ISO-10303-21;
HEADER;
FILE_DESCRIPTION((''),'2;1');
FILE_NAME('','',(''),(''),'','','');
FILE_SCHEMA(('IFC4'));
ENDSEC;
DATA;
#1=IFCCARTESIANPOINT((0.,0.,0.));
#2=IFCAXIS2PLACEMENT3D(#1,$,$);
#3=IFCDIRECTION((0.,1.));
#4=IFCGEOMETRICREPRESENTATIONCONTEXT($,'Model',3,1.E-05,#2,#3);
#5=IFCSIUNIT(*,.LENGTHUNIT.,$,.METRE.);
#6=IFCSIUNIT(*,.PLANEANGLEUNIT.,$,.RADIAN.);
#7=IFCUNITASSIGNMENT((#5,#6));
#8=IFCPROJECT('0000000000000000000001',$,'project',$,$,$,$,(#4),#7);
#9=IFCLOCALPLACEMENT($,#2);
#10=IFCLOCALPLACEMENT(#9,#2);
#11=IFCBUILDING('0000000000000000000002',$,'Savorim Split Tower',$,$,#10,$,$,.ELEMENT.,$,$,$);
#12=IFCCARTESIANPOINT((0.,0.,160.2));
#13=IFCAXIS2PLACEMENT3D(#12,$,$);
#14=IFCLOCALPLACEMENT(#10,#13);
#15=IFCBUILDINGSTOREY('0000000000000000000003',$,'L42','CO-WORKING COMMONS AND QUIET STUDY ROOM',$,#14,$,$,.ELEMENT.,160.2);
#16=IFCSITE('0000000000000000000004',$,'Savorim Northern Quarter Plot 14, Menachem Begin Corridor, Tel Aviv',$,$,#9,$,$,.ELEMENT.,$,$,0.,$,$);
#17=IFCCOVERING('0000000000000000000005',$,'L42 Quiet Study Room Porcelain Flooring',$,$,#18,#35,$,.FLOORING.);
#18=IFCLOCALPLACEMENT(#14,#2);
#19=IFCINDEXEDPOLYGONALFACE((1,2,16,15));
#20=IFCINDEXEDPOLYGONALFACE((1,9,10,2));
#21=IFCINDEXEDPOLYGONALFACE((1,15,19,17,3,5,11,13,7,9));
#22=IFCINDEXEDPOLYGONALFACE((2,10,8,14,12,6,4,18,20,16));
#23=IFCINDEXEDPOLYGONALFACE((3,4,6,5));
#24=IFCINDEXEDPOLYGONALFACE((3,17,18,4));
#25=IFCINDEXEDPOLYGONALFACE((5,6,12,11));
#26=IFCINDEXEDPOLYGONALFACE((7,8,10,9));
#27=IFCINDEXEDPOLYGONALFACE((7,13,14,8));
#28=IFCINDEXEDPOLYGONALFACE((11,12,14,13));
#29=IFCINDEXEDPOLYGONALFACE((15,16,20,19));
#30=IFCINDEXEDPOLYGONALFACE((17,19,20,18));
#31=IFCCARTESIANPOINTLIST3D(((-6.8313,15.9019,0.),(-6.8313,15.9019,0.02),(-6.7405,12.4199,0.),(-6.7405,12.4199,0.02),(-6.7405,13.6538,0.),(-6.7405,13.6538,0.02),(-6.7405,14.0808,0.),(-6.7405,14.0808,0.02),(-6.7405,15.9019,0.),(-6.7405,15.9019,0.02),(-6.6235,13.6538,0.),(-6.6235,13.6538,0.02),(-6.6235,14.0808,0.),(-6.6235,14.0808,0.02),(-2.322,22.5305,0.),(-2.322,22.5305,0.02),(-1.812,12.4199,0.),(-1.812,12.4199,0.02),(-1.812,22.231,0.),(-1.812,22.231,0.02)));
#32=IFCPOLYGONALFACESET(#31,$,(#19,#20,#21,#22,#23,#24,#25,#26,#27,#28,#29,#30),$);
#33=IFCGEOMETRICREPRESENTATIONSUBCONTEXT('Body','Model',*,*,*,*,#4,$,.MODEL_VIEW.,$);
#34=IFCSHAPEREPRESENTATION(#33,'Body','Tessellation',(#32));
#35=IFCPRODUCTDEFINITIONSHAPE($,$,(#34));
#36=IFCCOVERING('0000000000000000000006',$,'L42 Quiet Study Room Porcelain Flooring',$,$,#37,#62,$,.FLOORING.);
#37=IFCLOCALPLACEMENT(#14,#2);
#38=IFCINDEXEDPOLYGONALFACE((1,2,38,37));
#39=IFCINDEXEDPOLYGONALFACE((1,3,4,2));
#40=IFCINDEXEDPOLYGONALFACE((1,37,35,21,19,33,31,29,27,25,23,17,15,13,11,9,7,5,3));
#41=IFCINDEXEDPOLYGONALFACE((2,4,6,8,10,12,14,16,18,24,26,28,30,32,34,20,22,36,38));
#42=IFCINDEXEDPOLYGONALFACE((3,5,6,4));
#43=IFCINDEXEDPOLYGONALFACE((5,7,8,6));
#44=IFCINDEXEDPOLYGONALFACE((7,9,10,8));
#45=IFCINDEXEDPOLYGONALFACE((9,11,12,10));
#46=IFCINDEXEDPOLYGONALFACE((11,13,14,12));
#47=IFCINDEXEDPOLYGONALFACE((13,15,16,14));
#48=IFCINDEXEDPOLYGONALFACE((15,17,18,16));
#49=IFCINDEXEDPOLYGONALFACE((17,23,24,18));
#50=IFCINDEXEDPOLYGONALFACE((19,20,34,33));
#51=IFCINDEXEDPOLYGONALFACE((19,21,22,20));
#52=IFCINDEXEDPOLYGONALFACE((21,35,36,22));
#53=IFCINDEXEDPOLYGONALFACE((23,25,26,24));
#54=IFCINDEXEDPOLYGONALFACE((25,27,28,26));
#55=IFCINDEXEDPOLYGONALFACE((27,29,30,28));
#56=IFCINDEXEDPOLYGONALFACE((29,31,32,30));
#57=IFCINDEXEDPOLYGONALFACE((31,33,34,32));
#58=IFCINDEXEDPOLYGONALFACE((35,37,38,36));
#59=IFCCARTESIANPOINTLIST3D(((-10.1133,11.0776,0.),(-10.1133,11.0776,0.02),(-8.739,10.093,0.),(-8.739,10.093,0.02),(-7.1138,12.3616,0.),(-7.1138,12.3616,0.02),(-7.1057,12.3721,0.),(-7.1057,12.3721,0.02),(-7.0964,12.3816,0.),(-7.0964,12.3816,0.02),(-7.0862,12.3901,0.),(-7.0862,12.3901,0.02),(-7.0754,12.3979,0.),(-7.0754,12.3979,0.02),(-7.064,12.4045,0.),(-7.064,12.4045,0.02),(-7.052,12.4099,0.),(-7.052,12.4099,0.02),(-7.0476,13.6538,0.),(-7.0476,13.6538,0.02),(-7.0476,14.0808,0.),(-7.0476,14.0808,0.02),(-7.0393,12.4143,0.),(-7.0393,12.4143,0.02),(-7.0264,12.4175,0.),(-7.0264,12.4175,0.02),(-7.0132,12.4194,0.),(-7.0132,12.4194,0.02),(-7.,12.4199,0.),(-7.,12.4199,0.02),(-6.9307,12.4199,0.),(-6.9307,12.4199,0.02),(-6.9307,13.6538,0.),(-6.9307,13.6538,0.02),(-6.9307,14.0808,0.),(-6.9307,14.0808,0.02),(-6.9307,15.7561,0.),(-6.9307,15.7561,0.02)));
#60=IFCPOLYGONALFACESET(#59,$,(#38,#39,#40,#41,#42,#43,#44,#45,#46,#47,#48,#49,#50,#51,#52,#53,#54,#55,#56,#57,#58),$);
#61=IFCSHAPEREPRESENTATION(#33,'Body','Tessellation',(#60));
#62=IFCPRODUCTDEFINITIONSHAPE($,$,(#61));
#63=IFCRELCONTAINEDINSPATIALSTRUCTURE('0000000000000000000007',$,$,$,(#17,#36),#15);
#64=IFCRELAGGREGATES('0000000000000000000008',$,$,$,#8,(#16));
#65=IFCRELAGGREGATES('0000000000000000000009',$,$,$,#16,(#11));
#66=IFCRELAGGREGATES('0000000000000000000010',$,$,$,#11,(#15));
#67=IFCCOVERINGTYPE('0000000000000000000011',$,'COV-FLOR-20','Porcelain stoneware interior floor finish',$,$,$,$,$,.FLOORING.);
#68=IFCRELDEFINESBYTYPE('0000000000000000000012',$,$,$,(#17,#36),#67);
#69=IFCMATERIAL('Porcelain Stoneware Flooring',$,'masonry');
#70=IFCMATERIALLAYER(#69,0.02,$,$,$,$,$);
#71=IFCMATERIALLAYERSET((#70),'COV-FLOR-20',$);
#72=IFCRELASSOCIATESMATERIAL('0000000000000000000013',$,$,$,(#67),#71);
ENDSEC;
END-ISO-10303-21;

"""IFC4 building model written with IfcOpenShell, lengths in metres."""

from ifc_helpers import new_model, si_unit, direction, frame, origin, place, context, subcontext, project, spatial, polyline, outline, extrude, material, layer, layer_set, type_object, element, save


model = new_model("IFC4")

# Units and contexts
model_context = context("Model", 3, precision=1e-05, world=origin(), true_north=direction((0.0, 1.0)))
body_context = subcontext(model_context, "Body", "Model", "MODEL_VIEW")
ifc_project = project(units=[si_unit("LENGTHUNIT", "METRE"), si_unit("PLANEANGLEUNIT", "RADIAN")], contexts=[model_context])

# Site, building, storey
site_placement = place(None, origin())
site = spatial("IfcSite", under=ifc_project, at=site_placement, Name="Savorim Northern Quarter Plot 14, Menachem Begin Corridor, Tel Aviv", CompositionType="ELEMENT", RefElevation=0.0)
building_placement = place(site_placement, origin())
building = spatial("IfcBuilding", under=site, at=building_placement, Name="Savorim Split Tower", CompositionType="ELEMENT")
storey_placement = place(building_placement, frame((0.0, 0.0, 160.2)))
storey = spatial("IfcBuildingStorey", under=building, at=storey_placement, Name="L42", Description="CO-WORKING COMMONS AND QUIET STUDY ROOM", CompositionType="ELEMENT", Elevation=160.2)

# Coverings
ifc_material = material(Name="Porcelain Stoneware Flooring", Category="masonry")
ifc_layer = layer(ifc_material, 0.02)
ifc_layer_set = layer_set([ifc_layer], Name="COV-FLOR-20")
covering_type = type_object("IfcCoveringType", Name="COV-FLOR-20", Description="Porcelain stoneware interior floor finish", PredefinedType="FLOORING", material=ifc_layer_set)
covering_1_placement = place(storey_placement, origin())
element("IfcCovering", 1, at=covering_1_placement, inside=storey, type_object=covering_type, Name="L42 Quiet Study Room Porcelain Flooring", PredefinedType="FLOORING", context=body_context, shape_type="SweptSolid", body=[
    extrude(outline(polyline([(-6.7405, 12.4199), (-1.812, 12.4199), (-1.812, 22.231), (-2.322, 22.5305), (-6.8313, 15.9019), (-6.7405, 15.9019), (-6.7405, 14.0808), (-6.6235, 14.0808), (-6.6235, 13.6538), (-6.7405, 13.6538), (-6.7405, 12.4199)])), origin(), (0.0, 0.0, 1.0), 0.02),
])
covering_2_placement = place(storey_placement, origin())
element("IfcCovering", 2, at=covering_2_placement, inside=storey, type_object=covering_type, Name="L42 Quiet Study Room Porcelain Flooring", PredefinedType="FLOORING", context=body_context, shape_type="SweptSolid", body=[
    extrude(outline(polyline([(-7.0132, 12.4194), (-7.0, 12.4199), (-6.9307, 12.4199), (-6.9307, 13.6538), (-7.0476, 13.6538), (-7.0476, 14.0808), (-6.9307, 14.0808), (-6.9307, 15.7561), (-10.1133, 11.0776), (-8.739, 10.093), (-7.1138, 12.3616), (-7.1057, 12.3721), (-7.0964, 12.3816), (-7.0862, 12.3901), (-7.0754, 12.3979), (-7.064, 12.4045), (-7.052, 12.4099), (-7.0393, 12.4143), (-7.0264, 12.4175), (-7.0132, 12.4194)])), origin(), (0.0, 0.0, 1.0), 0.02),
])

save(model, "model.ifc")
